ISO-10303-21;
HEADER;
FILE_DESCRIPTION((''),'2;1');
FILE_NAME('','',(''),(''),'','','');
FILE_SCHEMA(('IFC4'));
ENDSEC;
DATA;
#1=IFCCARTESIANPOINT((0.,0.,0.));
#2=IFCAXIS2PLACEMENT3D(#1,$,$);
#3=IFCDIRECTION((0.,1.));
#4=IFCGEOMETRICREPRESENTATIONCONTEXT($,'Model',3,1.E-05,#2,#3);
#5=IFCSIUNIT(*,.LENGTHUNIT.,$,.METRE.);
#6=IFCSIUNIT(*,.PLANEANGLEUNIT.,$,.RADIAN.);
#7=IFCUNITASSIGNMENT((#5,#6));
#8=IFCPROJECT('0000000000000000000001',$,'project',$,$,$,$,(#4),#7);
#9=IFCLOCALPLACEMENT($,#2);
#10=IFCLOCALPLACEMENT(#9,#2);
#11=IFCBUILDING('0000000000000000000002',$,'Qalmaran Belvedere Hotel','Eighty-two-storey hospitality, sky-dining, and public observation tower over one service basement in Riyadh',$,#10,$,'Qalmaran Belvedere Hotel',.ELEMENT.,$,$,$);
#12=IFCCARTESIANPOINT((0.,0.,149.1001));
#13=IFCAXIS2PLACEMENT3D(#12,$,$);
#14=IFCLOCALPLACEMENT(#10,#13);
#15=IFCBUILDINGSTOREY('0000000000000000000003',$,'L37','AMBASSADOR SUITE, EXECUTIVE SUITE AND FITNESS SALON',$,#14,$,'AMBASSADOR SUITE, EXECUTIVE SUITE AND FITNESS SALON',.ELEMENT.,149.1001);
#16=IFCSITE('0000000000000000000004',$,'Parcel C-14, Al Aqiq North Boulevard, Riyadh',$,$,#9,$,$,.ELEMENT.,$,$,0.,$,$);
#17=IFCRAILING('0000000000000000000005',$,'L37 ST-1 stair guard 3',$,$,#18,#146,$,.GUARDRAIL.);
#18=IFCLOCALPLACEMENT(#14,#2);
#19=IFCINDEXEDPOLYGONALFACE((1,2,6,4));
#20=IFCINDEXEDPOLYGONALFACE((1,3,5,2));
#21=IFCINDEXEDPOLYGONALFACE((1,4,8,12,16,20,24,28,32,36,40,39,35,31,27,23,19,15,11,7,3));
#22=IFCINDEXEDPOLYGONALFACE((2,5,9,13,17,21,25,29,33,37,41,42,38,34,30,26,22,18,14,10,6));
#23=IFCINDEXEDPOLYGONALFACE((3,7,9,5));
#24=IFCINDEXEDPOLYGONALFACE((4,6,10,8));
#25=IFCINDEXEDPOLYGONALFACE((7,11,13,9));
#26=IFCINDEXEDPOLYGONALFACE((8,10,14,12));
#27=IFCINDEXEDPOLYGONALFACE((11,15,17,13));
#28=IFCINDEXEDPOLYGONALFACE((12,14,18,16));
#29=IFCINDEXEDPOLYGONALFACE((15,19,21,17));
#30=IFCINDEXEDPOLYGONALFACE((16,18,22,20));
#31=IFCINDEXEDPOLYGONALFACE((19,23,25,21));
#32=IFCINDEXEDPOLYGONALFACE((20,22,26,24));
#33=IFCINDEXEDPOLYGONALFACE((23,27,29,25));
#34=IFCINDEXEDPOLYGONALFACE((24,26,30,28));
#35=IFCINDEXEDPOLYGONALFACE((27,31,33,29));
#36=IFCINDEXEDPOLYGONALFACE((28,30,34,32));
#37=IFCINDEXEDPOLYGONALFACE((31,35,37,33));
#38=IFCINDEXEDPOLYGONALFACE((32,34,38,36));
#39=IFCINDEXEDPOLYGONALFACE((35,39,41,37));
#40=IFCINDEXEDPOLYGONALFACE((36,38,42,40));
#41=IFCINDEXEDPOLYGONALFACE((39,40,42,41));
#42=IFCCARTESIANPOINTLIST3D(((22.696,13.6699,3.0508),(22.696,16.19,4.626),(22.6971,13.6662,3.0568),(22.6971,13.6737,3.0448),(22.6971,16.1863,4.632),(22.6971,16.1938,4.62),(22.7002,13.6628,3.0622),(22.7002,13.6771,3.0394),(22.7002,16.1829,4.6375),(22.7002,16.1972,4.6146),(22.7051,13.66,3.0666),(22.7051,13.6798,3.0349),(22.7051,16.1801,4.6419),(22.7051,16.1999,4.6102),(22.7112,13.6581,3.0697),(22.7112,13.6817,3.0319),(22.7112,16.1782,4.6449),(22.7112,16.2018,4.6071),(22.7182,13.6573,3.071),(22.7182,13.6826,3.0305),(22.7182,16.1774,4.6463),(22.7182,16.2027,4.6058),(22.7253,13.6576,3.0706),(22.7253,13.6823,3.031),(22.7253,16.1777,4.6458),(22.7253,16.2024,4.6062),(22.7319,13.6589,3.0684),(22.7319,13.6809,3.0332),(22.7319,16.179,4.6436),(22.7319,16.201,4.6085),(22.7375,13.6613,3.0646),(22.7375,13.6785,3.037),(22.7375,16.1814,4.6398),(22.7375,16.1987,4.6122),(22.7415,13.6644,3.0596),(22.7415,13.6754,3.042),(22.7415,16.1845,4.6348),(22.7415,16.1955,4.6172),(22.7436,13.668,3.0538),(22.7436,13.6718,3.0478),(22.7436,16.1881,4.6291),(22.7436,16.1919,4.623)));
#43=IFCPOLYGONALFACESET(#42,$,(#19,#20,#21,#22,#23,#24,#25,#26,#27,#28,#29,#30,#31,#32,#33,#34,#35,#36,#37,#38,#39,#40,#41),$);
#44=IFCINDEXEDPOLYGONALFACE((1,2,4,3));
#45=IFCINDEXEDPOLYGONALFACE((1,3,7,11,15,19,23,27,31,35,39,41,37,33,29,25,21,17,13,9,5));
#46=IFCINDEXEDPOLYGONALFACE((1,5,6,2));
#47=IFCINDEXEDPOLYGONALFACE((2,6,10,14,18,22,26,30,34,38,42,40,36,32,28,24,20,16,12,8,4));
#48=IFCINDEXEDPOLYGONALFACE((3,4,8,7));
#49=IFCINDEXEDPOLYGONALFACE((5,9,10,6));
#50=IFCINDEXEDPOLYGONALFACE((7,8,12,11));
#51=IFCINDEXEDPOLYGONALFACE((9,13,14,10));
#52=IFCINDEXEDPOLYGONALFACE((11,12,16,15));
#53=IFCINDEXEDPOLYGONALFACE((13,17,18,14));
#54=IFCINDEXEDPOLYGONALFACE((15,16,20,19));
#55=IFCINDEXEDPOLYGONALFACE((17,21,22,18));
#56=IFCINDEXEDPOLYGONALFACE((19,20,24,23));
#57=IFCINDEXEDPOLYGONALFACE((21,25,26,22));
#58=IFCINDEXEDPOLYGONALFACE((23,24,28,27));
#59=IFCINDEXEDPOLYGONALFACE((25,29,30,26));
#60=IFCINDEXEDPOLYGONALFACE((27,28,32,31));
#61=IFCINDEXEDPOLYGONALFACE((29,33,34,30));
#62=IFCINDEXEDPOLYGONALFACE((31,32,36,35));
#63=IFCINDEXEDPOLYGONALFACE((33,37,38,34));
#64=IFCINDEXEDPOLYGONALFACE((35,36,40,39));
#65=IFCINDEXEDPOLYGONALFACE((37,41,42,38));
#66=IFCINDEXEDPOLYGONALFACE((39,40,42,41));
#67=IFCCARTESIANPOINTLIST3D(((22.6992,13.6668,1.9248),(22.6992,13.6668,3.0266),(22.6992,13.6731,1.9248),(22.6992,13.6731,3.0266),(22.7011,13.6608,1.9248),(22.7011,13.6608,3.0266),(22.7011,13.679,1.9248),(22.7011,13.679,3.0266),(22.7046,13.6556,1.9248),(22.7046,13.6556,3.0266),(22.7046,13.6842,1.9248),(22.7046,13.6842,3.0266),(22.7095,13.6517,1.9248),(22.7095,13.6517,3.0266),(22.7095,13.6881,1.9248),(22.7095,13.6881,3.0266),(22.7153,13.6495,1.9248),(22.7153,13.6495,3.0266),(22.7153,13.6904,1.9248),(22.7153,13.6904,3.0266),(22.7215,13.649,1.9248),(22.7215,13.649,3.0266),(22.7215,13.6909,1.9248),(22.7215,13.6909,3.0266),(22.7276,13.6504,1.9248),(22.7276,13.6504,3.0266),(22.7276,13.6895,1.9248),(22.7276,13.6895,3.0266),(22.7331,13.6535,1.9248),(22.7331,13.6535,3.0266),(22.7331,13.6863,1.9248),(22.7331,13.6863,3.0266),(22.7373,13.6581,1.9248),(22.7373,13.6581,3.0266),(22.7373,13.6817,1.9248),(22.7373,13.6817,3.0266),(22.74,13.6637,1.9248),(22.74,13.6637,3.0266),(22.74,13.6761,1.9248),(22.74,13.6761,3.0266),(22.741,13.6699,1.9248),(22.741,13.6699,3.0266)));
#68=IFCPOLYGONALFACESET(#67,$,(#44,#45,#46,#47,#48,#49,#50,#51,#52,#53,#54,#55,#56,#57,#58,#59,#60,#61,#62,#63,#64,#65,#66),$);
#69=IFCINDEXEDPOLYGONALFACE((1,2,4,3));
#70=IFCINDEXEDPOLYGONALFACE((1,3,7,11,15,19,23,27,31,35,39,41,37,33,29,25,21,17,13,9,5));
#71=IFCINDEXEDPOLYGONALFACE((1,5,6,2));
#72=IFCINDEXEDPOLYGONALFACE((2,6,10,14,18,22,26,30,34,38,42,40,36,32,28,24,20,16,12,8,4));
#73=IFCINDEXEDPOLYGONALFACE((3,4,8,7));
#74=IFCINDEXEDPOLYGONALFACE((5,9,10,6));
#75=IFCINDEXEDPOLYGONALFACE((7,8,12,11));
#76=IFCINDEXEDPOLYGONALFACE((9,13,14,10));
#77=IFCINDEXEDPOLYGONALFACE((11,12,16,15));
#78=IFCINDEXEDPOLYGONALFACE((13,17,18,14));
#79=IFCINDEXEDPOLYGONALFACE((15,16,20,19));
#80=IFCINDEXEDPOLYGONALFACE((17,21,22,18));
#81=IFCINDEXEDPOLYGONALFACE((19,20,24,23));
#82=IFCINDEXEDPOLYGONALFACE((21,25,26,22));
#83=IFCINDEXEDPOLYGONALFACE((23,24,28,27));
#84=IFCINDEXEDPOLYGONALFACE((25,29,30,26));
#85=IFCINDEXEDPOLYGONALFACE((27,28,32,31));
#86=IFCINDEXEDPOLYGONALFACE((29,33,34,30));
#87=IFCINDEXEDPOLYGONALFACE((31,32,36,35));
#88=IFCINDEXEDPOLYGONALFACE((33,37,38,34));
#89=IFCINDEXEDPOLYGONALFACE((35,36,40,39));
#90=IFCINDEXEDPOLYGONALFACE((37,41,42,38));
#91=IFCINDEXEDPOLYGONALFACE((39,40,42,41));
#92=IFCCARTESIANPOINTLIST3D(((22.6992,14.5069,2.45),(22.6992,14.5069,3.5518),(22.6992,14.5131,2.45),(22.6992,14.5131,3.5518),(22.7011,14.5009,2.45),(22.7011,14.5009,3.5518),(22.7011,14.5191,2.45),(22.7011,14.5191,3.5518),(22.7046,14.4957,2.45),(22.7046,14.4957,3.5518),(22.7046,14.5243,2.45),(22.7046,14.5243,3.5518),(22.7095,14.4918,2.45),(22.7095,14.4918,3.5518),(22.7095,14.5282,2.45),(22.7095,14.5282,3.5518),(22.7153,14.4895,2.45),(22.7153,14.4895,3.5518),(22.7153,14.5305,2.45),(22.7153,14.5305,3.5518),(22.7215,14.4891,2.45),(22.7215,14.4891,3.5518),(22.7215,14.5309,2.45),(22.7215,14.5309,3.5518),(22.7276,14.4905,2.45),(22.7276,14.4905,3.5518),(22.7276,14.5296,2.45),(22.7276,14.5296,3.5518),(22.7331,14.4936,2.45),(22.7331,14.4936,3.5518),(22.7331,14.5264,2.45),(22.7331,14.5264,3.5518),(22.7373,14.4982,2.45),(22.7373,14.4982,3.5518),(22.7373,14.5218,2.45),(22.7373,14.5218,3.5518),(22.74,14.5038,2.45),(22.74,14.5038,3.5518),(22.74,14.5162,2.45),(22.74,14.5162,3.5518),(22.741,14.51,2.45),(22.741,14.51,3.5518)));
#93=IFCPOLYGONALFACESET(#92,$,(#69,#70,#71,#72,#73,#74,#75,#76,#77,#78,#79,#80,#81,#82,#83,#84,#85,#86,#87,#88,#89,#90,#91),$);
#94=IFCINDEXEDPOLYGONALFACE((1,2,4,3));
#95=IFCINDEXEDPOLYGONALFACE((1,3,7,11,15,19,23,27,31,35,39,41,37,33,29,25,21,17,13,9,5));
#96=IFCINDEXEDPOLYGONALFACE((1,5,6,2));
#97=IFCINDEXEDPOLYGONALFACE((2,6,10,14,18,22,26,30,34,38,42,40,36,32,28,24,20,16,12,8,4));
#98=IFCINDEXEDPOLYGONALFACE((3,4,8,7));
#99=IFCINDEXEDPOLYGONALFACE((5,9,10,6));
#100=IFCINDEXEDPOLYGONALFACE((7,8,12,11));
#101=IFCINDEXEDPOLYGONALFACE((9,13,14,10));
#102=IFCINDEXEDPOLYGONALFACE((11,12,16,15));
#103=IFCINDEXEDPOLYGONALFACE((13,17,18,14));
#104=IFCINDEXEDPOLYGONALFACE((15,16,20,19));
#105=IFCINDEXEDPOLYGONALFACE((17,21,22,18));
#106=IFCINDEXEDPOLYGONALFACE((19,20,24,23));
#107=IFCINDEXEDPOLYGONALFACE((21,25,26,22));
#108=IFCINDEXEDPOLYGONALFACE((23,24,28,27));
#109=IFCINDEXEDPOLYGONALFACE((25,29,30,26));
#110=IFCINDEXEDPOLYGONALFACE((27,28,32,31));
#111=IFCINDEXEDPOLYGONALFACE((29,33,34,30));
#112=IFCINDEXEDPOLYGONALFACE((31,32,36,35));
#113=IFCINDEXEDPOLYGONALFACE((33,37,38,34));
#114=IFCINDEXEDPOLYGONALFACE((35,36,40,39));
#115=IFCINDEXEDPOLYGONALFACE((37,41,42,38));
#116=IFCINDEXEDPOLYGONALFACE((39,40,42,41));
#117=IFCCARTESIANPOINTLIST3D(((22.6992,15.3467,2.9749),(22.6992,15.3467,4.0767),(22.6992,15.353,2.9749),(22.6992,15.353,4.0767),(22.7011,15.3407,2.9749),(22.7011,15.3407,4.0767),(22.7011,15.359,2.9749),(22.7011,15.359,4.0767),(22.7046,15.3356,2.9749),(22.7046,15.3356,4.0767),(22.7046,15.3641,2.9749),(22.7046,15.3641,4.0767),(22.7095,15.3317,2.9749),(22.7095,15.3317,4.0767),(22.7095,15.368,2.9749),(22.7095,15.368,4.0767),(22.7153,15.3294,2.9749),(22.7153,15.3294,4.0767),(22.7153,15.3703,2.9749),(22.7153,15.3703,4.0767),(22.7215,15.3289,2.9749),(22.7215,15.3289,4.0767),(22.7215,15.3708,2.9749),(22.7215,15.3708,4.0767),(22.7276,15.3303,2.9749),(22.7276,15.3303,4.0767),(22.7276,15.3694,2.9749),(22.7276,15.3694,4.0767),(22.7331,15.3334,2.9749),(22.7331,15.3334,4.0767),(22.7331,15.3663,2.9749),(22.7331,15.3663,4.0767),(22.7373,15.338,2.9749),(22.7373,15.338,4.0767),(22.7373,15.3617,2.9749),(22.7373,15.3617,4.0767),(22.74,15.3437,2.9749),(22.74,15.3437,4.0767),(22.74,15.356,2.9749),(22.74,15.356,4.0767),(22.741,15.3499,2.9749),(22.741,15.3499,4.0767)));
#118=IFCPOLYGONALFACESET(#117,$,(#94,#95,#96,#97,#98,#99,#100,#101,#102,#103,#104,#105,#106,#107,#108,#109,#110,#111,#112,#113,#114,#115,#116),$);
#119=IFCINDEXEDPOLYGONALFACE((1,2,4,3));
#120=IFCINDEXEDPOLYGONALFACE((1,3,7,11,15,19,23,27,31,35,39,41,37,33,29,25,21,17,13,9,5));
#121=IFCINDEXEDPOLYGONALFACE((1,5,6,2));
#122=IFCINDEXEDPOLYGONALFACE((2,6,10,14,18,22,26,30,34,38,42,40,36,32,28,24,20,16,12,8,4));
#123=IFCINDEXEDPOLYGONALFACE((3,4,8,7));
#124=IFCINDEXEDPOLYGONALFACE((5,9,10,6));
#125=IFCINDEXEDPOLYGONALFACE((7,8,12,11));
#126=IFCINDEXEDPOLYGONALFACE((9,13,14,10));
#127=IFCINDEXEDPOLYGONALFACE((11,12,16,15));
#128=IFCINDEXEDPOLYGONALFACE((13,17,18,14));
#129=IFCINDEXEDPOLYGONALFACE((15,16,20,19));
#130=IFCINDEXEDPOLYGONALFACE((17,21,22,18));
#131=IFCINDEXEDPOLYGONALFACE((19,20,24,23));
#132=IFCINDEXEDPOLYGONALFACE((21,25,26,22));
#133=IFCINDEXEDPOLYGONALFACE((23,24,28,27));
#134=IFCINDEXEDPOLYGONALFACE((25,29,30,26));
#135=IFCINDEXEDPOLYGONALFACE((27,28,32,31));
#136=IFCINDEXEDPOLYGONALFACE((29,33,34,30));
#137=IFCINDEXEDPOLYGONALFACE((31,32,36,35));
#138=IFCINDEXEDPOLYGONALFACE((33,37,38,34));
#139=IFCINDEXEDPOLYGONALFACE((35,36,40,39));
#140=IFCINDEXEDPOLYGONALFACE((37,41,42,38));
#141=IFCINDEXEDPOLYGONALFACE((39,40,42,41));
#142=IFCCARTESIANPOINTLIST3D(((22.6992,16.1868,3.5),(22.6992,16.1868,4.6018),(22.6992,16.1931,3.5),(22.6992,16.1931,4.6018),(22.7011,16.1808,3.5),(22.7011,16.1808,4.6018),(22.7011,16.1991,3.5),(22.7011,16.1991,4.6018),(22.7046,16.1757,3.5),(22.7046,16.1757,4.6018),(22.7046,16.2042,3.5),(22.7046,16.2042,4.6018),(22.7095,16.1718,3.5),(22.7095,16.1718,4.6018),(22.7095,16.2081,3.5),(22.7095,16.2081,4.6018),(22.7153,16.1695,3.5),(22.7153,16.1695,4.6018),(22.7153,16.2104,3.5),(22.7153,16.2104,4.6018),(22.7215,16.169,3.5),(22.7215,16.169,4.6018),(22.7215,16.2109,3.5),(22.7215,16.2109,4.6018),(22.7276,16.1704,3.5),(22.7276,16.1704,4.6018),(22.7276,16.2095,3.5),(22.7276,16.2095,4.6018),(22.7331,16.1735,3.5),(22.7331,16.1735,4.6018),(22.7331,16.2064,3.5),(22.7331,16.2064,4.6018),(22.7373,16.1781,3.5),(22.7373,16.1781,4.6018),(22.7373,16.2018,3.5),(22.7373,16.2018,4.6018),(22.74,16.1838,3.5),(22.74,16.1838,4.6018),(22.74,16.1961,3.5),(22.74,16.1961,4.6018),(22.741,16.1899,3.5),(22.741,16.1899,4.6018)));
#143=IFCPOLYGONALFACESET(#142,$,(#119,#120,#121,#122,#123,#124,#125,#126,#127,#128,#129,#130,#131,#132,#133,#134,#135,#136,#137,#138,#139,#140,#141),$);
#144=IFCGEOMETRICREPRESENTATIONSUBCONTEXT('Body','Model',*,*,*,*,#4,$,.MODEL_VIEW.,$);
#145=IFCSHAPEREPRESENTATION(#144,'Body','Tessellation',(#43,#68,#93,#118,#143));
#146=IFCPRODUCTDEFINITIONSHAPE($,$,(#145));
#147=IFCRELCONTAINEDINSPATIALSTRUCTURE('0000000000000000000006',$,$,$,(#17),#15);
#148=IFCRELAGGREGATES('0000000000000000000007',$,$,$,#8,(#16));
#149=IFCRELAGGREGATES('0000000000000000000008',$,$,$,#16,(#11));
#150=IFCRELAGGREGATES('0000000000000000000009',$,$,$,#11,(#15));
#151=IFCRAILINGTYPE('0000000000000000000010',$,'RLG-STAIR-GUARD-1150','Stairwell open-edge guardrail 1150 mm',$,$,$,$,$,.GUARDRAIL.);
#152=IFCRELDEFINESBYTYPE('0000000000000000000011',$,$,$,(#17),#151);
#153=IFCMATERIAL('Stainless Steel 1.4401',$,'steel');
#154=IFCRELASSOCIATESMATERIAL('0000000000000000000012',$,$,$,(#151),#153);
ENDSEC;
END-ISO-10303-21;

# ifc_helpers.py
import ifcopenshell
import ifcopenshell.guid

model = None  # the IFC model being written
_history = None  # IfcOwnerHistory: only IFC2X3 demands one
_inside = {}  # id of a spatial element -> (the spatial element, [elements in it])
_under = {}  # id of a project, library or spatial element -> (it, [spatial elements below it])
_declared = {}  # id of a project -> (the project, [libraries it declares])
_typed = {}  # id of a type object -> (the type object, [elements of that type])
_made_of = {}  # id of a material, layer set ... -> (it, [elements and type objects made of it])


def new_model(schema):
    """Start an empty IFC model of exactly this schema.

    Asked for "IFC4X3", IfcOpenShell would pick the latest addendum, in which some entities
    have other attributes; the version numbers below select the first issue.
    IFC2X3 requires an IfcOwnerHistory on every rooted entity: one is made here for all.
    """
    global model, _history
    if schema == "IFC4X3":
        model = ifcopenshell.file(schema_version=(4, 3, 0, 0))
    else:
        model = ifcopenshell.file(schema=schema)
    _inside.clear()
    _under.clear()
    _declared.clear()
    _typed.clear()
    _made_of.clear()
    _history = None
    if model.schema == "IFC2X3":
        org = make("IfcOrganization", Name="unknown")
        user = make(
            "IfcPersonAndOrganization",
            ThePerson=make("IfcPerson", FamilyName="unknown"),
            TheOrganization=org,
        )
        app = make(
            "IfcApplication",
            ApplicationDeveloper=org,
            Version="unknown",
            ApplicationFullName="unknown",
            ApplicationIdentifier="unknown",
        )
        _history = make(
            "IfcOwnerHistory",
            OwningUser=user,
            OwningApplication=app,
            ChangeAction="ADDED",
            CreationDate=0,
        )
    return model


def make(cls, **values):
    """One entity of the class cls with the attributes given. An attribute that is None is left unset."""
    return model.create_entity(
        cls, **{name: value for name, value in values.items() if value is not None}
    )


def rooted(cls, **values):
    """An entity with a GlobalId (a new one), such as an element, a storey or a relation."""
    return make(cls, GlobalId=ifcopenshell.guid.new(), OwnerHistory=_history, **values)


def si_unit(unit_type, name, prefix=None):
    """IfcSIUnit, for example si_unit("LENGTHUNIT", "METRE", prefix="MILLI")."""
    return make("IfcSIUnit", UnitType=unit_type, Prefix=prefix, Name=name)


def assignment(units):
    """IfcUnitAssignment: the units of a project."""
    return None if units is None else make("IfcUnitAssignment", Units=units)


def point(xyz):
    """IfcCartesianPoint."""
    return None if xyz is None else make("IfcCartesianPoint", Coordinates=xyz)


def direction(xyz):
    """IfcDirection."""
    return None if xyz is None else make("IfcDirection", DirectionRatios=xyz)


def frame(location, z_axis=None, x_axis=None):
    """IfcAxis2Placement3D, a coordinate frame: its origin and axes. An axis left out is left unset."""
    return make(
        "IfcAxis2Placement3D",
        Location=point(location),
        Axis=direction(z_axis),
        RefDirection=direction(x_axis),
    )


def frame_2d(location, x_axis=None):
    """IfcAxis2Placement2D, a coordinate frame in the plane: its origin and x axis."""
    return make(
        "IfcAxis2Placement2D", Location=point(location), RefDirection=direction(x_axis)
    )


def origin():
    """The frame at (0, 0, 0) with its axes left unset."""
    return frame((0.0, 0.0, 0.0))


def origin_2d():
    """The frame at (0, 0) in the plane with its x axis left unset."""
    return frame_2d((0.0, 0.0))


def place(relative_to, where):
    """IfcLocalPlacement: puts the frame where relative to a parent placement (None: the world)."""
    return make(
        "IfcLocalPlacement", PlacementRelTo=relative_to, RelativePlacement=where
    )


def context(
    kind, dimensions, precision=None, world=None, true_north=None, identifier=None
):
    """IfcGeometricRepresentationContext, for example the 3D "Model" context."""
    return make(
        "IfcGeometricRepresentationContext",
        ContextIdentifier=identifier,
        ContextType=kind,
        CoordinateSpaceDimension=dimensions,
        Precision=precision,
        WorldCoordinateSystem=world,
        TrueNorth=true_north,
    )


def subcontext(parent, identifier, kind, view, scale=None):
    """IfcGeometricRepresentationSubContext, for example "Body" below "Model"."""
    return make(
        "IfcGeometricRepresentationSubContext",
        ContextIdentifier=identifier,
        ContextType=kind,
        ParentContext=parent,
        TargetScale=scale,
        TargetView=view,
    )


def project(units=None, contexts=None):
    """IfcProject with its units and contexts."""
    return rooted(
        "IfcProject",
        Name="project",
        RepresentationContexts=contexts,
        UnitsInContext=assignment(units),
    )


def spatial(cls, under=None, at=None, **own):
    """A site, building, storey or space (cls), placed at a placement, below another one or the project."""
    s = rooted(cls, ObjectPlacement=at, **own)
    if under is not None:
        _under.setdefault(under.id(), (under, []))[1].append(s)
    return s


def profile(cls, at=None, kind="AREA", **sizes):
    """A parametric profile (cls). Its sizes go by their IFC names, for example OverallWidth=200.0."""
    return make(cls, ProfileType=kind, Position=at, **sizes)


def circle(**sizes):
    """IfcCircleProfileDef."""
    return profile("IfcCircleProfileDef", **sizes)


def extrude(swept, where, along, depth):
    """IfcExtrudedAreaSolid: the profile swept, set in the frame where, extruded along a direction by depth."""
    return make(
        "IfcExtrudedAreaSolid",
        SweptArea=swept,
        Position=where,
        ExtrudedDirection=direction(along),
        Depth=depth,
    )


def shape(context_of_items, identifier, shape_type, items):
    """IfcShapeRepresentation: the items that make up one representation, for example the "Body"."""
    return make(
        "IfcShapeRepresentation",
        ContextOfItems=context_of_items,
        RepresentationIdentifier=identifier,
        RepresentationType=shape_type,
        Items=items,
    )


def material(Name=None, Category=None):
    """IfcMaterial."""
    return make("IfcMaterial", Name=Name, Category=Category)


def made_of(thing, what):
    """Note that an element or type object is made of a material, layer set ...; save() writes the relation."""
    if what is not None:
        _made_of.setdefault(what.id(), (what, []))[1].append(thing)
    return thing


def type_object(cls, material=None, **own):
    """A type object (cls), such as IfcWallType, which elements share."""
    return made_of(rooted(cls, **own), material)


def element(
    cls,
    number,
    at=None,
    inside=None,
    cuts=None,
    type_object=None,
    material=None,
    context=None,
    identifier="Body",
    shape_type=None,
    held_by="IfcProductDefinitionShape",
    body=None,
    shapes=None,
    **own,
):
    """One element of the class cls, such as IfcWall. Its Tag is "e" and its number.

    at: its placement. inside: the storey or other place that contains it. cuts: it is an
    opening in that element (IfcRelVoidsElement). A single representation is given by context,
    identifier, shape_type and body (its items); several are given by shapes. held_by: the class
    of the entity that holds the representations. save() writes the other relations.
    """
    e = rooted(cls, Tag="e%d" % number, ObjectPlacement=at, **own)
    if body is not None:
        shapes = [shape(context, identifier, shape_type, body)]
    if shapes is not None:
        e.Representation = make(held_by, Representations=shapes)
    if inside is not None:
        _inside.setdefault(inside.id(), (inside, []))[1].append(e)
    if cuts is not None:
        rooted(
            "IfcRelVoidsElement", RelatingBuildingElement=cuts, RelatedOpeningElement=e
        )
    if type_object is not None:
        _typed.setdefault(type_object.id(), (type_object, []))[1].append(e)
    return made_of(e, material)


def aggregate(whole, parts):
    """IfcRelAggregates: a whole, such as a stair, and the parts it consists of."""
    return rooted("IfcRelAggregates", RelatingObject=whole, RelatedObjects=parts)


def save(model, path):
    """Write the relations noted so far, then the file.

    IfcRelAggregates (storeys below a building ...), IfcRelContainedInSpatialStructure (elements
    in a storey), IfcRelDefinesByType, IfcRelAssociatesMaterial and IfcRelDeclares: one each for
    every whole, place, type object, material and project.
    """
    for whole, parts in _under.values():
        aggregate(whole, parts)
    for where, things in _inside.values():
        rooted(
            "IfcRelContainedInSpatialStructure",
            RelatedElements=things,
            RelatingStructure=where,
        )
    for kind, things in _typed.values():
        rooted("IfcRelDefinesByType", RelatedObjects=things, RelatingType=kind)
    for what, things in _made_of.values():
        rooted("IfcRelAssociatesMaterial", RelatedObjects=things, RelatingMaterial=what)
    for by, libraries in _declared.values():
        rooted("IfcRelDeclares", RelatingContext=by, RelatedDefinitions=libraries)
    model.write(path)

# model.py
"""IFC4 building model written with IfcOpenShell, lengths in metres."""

from ifc_helpers import new_model, si_unit, direction, frame, origin, origin_2d, place, context, subcontext, project, spatial, circle, extrude, material, type_object, element, save


model = new_model("IFC4")

# Units and contexts
model_context = context("Model", 3, precision=1e-05, world=origin(), true_north=direction((0.0, 1.0)))
body_context = subcontext(model_context, "Body", "Model", "MODEL_VIEW")
ifc_project = project(units=[si_unit("LENGTHUNIT", "METRE"), si_unit("PLANEANGLEUNIT", "RADIAN")], contexts=[model_context])

# Site, building, storey
site_placement = place(None, origin())
site = spatial("IfcSite", under=ifc_project, at=site_placement, Name="Parcel C-14, Al Aqiq North Boulevard, Riyadh", CompositionType="ELEMENT", RefElevation=0.0)
building_placement = place(site_placement, origin())
building = spatial("IfcBuilding", under=site, at=building_placement, Name="Qalmaran Belvedere Hotel", Description="Eighty-two-storey hospitality, sky-dining, and public observation tower over one service basement in Riyadh", LongName="Qalmaran Belvedere Hotel", CompositionType="ELEMENT")
storey_placement = place(building_placement, frame((0.0, 0.0, 149.1001)))
storey = spatial("IfcBuildingStorey", under=building, at=storey_placement, Name="L37", Description="AMBASSADOR SUITE, EXECUTIVE SUITE AND FITNESS SALON", LongName="AMBASSADOR SUITE, EXECUTIVE SUITE AND FITNESS SALON", CompositionType="ELEMENT", Elevation=149.1001)

# Railing
ifc_material_1 = material(Name="Stainless Steel 1.4401", Category="steel")
railing_type_1 = type_object("IfcRailingType", Name="RLG-STAIR-GUARD-1150", Description="Stairwell open-edge guardrail 1150 mm", PredefinedType="GUARDRAIL", material=ifc_material_1)
railing_1_placement = place(storey_placement, frame((22.72, 13.6699, 1.9248)))
element("IfcRailing", 1, at=railing_1_placement, inside=storey, type_object=railing_type_1, Name="L37 ST-1 stair guard 3", PredefinedType="GUARDRAIL", context=body_context, shape_type="SweptSolid", body=[
    extrude(circle(Radius=0.0239, at=origin_2d()), frame((0.0, 0.0, 1.126), z_axis=(0.0, 0.847971, 0.530043), x_axis=(-1.0, 0.0, 0.0)), (0.0, 0.0, 1.0), 2.9719),
    extrude(circle(Radius=0.021, at=origin_2d()), origin(), (0.0, 0.0, 1.0), 1.1018),
    extrude(circle(Radius=0.021, at=origin_2d()), frame((0.0, 0.8401, 0.5251)), (0.0, 0.0, 1.0), 1.1018),
    extrude(circle(Radius=0.021, at=origin_2d()), frame((0.0, 1.6799, 1.05)), (0.0, 0.0, 1.0), 1.1018),
    extrude(circle(Radius=0.021, at=origin_2d()), frame((0.0, 2.52, 1.5752)), (0.0, 0.0, 1.0), 1.1018),
])

save(model, "model.ifc")
